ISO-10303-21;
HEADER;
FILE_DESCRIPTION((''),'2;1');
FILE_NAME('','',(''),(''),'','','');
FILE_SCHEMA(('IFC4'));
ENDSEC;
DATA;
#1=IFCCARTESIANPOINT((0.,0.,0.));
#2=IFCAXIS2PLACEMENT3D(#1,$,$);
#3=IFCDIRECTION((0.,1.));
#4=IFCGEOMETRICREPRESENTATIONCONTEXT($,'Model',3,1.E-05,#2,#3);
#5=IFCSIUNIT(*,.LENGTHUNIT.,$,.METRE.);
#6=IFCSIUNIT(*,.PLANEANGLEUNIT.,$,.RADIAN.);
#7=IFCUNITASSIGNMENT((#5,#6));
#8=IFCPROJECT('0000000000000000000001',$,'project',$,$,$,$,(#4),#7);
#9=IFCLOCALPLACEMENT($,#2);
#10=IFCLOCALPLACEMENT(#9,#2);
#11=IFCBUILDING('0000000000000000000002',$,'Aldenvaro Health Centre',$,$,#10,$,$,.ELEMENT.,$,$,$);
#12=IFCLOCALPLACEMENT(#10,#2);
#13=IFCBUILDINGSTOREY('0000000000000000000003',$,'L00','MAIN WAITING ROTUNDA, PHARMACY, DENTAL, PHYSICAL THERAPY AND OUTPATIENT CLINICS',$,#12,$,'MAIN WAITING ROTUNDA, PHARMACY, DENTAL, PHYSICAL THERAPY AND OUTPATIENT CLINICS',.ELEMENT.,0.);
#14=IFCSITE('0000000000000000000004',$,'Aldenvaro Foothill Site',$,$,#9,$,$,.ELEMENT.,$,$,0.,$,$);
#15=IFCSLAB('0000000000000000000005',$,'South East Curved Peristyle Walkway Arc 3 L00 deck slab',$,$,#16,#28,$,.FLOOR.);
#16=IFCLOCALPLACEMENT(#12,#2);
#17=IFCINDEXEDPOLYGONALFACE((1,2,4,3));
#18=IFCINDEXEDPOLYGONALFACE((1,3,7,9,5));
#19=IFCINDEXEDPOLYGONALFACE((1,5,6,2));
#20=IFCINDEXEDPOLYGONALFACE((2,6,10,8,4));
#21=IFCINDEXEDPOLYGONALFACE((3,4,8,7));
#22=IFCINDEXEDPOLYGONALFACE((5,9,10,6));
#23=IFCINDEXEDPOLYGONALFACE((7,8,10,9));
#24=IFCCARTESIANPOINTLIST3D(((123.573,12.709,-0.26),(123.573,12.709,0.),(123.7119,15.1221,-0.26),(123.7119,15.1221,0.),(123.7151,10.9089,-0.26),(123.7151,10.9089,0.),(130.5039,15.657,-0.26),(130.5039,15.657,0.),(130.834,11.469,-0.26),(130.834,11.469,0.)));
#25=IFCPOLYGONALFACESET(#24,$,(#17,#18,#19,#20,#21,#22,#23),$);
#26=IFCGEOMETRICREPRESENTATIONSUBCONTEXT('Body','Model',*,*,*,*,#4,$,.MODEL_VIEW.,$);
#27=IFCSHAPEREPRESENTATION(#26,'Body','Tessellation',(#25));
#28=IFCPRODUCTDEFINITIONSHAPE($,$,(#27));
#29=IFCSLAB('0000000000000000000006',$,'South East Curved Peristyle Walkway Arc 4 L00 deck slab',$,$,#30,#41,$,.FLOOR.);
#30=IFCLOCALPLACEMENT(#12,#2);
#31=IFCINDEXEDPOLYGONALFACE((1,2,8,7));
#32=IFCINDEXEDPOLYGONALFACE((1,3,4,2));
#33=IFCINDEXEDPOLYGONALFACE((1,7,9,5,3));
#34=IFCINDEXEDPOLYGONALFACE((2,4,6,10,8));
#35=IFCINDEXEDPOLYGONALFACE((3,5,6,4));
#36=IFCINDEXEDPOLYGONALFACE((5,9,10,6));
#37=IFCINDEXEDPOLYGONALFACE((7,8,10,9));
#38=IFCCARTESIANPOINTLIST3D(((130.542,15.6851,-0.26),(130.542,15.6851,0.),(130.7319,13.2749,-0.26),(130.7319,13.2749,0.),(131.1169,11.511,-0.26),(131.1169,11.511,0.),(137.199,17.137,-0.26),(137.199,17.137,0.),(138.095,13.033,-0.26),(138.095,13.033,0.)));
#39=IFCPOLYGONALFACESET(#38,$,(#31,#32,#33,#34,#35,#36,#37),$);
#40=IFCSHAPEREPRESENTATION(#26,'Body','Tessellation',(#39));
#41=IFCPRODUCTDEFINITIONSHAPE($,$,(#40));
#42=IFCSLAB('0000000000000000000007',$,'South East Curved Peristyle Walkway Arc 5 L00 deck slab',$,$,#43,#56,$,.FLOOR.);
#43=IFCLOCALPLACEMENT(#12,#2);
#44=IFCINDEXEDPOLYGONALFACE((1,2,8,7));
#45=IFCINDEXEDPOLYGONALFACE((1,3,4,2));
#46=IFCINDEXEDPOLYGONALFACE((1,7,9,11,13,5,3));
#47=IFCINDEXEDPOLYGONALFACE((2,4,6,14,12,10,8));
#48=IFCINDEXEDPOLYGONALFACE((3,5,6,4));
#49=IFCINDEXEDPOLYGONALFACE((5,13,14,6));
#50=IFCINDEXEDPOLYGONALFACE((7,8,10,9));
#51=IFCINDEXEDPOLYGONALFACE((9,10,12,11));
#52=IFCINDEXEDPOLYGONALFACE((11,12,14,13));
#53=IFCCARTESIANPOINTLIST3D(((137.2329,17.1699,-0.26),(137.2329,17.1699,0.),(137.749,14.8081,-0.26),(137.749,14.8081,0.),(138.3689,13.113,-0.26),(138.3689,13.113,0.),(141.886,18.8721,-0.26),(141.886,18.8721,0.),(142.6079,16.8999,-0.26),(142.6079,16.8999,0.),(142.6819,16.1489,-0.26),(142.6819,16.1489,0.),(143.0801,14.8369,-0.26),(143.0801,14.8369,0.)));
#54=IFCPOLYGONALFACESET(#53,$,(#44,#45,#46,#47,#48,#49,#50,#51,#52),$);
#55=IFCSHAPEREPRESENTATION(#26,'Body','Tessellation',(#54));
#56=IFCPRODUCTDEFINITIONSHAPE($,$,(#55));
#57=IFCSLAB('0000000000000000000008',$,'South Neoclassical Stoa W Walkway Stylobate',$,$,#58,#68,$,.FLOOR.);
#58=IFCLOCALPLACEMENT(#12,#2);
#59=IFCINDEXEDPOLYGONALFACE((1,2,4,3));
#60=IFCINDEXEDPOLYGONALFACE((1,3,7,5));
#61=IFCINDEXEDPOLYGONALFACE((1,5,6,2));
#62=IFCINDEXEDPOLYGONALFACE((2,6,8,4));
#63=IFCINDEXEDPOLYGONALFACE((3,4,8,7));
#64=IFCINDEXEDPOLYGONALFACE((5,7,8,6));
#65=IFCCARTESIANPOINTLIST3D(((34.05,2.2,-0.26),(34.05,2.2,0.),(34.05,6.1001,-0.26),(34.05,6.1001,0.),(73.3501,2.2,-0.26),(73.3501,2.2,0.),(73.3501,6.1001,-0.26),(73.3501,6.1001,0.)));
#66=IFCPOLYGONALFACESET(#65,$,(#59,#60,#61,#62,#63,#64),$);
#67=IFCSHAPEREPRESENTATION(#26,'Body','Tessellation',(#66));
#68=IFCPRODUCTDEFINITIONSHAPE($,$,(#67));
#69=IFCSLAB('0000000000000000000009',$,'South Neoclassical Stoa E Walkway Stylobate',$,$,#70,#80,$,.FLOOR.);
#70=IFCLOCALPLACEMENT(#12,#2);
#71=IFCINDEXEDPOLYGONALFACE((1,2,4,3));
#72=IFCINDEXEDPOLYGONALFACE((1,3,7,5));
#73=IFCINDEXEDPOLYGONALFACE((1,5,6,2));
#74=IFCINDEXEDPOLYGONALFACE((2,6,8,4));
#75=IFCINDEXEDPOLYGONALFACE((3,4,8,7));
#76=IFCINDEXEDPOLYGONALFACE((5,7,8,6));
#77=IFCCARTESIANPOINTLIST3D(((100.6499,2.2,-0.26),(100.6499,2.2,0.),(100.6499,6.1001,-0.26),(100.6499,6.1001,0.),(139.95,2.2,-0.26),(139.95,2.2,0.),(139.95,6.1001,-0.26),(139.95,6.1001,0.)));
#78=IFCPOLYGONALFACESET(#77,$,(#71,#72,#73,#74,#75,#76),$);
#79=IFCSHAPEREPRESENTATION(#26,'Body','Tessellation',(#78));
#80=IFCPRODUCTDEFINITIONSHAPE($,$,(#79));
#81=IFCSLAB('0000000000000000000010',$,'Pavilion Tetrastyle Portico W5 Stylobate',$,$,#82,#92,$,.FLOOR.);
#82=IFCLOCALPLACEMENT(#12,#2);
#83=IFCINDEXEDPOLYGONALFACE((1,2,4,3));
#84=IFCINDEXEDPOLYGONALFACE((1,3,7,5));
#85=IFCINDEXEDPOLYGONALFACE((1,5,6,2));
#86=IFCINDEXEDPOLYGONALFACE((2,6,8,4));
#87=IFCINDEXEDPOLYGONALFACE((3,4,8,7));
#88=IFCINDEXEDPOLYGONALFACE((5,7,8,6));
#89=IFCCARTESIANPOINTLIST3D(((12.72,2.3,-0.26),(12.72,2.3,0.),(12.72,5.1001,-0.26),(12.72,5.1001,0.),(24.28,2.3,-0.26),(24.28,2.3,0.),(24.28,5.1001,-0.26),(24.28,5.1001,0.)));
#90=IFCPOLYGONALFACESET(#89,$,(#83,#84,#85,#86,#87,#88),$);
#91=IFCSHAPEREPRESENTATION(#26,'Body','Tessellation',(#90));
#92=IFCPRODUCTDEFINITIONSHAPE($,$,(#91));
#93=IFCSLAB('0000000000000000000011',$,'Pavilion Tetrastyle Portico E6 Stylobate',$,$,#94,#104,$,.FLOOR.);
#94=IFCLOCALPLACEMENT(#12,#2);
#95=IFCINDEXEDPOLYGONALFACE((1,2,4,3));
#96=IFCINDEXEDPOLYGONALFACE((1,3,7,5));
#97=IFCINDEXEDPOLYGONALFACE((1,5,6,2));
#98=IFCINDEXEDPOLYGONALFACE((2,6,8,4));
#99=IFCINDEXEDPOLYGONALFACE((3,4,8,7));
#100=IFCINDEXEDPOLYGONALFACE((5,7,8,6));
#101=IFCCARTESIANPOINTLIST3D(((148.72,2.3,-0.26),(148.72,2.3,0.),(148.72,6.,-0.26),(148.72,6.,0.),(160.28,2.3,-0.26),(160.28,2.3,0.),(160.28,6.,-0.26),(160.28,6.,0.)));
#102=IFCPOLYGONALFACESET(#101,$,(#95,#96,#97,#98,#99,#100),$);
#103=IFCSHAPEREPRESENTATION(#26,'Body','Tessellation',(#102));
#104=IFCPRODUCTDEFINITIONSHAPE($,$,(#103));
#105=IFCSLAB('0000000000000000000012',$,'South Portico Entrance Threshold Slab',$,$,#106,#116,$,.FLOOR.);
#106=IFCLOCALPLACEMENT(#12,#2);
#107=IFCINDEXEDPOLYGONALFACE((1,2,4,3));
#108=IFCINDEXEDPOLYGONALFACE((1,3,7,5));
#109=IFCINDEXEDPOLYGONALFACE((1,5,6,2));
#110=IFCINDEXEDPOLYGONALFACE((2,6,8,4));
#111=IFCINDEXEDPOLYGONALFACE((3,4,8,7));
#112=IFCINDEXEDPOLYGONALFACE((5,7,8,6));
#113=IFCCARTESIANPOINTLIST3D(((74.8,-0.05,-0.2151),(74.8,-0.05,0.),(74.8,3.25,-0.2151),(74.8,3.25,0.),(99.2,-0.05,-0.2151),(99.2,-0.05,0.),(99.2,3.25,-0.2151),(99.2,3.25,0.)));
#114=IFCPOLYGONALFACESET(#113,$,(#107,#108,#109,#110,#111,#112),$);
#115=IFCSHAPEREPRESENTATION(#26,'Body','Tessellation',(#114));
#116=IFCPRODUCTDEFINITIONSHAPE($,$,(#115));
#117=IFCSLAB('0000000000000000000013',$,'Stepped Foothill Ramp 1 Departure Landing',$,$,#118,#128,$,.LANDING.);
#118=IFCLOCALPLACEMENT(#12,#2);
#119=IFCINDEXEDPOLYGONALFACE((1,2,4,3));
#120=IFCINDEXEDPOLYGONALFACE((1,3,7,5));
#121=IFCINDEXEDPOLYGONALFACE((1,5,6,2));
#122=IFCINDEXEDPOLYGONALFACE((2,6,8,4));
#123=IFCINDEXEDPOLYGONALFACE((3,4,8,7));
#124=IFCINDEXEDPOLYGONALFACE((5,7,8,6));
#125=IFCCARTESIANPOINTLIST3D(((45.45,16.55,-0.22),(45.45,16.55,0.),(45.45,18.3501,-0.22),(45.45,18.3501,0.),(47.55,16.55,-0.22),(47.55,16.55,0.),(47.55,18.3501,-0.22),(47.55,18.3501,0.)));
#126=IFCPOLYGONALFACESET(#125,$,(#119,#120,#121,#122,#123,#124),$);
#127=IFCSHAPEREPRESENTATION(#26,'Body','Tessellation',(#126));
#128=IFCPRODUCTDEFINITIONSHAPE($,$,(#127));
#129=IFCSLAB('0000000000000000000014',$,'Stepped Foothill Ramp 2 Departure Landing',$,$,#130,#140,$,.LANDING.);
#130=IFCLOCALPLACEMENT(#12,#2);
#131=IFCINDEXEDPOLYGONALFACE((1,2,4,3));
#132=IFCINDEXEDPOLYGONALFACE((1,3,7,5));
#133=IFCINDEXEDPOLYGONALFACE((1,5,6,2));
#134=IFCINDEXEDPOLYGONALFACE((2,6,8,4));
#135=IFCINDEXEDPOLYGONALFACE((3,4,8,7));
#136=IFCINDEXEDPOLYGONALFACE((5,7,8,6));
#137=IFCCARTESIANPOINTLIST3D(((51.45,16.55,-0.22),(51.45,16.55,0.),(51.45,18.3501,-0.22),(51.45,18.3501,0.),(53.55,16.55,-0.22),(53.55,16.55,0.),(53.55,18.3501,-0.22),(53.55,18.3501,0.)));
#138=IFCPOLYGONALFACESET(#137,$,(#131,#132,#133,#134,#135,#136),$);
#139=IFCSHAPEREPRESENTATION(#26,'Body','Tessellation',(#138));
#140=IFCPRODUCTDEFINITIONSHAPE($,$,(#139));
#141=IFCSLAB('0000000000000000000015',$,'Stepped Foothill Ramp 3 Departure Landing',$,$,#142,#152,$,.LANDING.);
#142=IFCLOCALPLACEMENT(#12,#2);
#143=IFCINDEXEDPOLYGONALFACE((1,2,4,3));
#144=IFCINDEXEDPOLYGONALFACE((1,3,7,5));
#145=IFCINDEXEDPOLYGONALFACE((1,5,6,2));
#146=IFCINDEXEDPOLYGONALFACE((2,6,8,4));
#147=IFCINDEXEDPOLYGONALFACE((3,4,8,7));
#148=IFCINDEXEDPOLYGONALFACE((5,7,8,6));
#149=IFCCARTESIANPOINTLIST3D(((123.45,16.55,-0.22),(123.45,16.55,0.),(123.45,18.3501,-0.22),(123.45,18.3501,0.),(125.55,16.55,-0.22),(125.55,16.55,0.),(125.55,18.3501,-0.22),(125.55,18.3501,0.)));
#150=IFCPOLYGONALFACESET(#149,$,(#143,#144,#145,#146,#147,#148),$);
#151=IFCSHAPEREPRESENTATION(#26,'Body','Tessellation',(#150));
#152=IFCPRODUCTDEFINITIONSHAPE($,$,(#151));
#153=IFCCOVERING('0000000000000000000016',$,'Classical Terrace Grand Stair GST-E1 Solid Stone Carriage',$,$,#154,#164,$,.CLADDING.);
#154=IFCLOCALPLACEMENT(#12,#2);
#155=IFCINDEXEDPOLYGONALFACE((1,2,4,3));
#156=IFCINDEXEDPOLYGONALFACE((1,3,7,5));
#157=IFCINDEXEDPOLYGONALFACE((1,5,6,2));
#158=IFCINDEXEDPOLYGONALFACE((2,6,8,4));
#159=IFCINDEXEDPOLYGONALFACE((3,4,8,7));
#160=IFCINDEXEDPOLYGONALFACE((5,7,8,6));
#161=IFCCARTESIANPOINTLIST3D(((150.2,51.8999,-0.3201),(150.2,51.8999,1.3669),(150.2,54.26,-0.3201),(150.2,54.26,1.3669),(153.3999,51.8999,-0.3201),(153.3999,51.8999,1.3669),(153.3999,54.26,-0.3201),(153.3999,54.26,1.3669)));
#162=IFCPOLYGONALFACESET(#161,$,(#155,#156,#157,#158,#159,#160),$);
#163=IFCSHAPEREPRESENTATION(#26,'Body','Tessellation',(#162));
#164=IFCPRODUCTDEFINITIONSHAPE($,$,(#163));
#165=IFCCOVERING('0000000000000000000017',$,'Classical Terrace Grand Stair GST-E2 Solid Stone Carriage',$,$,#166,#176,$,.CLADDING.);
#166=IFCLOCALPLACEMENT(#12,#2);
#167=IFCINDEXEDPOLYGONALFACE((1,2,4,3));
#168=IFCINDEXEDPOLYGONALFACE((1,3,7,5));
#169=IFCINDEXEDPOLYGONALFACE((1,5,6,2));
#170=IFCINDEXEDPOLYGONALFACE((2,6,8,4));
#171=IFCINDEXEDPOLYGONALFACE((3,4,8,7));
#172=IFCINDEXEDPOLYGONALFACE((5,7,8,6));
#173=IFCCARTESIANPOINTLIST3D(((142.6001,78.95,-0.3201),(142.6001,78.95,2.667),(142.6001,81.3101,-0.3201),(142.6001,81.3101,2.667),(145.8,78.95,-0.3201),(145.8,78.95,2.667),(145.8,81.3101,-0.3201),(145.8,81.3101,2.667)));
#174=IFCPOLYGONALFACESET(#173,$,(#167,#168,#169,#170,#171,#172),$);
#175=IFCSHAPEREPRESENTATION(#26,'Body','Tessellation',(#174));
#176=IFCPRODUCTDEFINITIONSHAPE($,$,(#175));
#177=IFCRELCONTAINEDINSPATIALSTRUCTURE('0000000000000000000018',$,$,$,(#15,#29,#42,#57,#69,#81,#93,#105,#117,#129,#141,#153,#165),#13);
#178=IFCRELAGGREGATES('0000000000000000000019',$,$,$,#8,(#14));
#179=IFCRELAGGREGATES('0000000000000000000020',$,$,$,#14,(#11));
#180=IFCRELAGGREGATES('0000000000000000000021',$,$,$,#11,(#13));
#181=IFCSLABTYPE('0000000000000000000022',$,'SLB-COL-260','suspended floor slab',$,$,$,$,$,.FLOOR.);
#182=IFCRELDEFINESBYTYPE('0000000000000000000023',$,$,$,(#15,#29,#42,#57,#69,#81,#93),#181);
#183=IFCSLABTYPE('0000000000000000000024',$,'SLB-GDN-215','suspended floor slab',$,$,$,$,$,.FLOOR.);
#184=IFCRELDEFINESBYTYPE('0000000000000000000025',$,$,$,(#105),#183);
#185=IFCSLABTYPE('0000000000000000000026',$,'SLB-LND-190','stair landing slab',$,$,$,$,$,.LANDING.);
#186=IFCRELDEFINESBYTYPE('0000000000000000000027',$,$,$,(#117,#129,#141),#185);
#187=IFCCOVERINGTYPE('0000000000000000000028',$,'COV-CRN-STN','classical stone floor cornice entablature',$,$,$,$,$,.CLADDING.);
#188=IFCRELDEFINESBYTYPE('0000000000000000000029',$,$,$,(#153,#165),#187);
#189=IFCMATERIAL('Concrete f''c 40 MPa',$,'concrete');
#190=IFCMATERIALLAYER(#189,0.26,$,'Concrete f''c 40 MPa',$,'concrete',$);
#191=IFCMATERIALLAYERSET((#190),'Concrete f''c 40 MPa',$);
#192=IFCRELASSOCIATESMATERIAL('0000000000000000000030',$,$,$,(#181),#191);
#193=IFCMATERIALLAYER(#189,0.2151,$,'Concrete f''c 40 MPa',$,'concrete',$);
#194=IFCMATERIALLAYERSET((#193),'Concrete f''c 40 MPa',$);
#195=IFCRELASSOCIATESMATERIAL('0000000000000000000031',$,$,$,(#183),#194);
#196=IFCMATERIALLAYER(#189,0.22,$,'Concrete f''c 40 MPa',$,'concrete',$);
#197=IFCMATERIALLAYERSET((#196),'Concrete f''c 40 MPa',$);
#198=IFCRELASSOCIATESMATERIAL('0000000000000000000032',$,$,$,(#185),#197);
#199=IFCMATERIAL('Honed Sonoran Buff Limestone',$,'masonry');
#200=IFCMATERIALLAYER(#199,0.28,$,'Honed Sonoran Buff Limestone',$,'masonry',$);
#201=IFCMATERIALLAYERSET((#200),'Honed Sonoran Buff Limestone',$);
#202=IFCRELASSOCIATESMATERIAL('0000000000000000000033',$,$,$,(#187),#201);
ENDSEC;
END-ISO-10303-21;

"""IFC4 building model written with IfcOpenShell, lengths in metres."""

from ifc_helpers import new_model, si_unit, direction, frame, origin, place, context, subcontext, project, spatial, polyline, outline, extrude, material, layer, layer_set, type_object, element, save


model = new_model("IFC4")

# Units and contexts
model_context = context("Model", 3, precision=1e-05, world=origin(), true_north=direction((0.0, 1.0)))
body_context = subcontext(model_context, "Body", "Model", "MODEL_VIEW")
ifc_project = project(units=[si_unit("LENGTHUNIT", "METRE"), si_unit("PLANEANGLEUNIT", "RADIAN")], contexts=[model_context])

# Site, building, storey
site_placement = place(None, origin())
site = spatial("IfcSite", under=ifc_project, at=site_placement, Name="Aldenvaro Foothill Site", CompositionType="ELEMENT", RefElevation=0.0)
building_placement = place(site_placement, origin())
building = spatial("IfcBuilding", under=site, at=building_placement, Name="Aldenvaro Health Centre", CompositionType="ELEMENT")
storey_placement = place(building_placement, origin())
storey = spatial("IfcBuildingStorey", under=building, at=storey_placement, Name="L00", Description="MAIN WAITING ROTUNDA, PHARMACY, DENTAL, PHYSICAL THERAPY AND OUTPATIENT CLINICS", LongName="MAIN WAITING ROTUNDA, PHARMACY, DENTAL, PHYSICAL THERAPY AND OUTPATIENT CLINICS", CompositionType="ELEMENT", Elevation=0.0)

# Slabs
ifc_material_1 = material(Name="Concrete f'c 40 MPa", Category="concrete")
ifc_layer_1 = layer(ifc_material_1, 0.26, Name="Concrete f'c 40 MPa", Category="concrete")
ifc_layer_set_1 = layer_set([ifc_layer_1], Name="Concrete f'c 40 MPa")
slab_type_1 = type_object("IfcSlabType", Name="SLB-COL-260", Description="suspended floor slab", PredefinedType="FLOOR", material=ifc_layer_set_1)
slab_1_placement = place(storey_placement, frame((0.0, 0.0, -0.26)))
element("IfcSlab", 1, at=slab_1_placement, inside=storey, type_object=slab_type_1, Name="South East Curved Peristyle Walkway Arc 3 L00 deck slab", PredefinedType="FLOOR", context=body_context, shape_type="SweptSolid", body=[
    extrude(outline(polyline([(130.5039, 15.657), (130.834, 11.469), (123.7151, 10.9089), (123.573, 12.709), (123.7119, 15.1221), (130.5039, 15.657)])), origin(), (0.0, 0.0, 1.0), 0.26),
])
slab_2_placement = place(storey_placement, frame((0.0, 0.0, -0.26)))
element("IfcSlab", 2, at=slab_2_placement, inside=storey, type_object=slab_type_1, Name="South East Curved Peristyle Walkway Arc 4 L00 deck slab", PredefinedType="FLOOR", context=body_context, shape_type="SweptSolid", body=[
    extrude(outline(polyline([(137.199, 17.137), (138.095, 13.033), (131.1169, 11.511), (130.7319, 13.2749), (130.542, 15.6851), (137.199, 17.137)])), origin(), (0.0, 0.0, 1.0), 0.26),
])
slab_3_placement = place(storey_placement, frame((0.0, 0.0, -0.26)))
element("IfcSlab", 3, at=slab_3_placement, inside=storey, type_object=slab_type_1, Name="South East Curved Peristyle Walkway Arc 5 L00 deck slab", PredefinedType="FLOOR", context=body_context, shape_type="SweptSolid", body=[
    extrude(outline(polyline([(138.3689, 13.113), (137.749, 14.8081), (137.2329, 17.1699), (141.886, 18.8721), (142.6079, 16.8999), (142.6819, 16.1489), (143.0801, 14.8369), (138.3689, 13.113)])), origin(), (0.0, 0.0, 1.0), 0.26),
])
slab_4_placement = place(storey_placement, frame((0.0, 0.0, -0.26)))
element("IfcSlab", 4, at=slab_4_placement, inside=storey, type_object=slab_type_1, Name="South Neoclassical Stoa W Walkway Stylobate", PredefinedType="FLOOR", context=body_context, shape_type="SweptSolid", body=[
    extrude(outline(polyline([(34.05, 2.2), (73.3501, 2.2), (73.3501, 6.1001), (34.05, 6.1001), (34.05, 2.2)])), origin(), (0.0, 0.0, 1.0), 0.26),
])
slab_5_placement = place(storey_placement, frame((0.0, 0.0, -0.26)))
element("IfcSlab", 5, at=slab_5_placement, inside=storey, type_object=slab_type_1, Name="South Neoclassical Stoa E Walkway Stylobate", PredefinedType="FLOOR", context=body_context, shape_type="SweptSolid", body=[
    extrude(outline(polyline([(100.6499, 2.2), (139.95, 2.2), (139.95, 6.1001), (100.6499, 6.1001), (100.6499, 2.2)])), origin(), (0.0, 0.0, 1.0), 0.26),
])
slab_6_placement = place(storey_placement, frame((0.0, 0.0, -0.26)))
element("IfcSlab", 6, at=slab_6_placement, inside=storey, type_object=slab_type_1, Name="Pavilion Tetrastyle Portico W5 Stylobate", PredefinedType="FLOOR", context=body_context, shape_type="SweptSolid", body=[
    extrude(outline(polyline([(12.72, 2.3), (24.28, 2.3), (24.28, 5.1001), (12.72, 5.1001), (12.72, 2.3)])), origin(), (0.0, 0.0, 1.0), 0.26),
])
slab_7_placement = place(storey_placement, frame((0.0, 0.0, -0.26)))
element("IfcSlab", 7, at=slab_7_placement, inside=storey, type_object=slab_type_1, Name="Pavilion Tetrastyle Portico E6 Stylobate", PredefinedType="FLOOR", context=body_context, shape_type="SweptSolid", body=[
    extrude(outline(polyline([(148.72, 2.3), (160.28, 2.3), (160.28, 6.0), (148.72, 6.0), (148.72, 2.3)])), origin(), (0.0, 0.0, 1.0), 0.26),
])
ifc_layer_2 = layer(ifc_material_1, 0.2151, Name="Concrete f'c 40 MPa", Category="concrete")
ifc_layer_set_2 = layer_set([ifc_layer_2], Name="Concrete f'c 40 MPa")
slab_type_2 = type_object("IfcSlabType", Name="SLB-GDN-215", Description="suspended floor slab", PredefinedType="FLOOR", material=ifc_layer_set_2)
slab_8_placement = place(storey_placement, frame((0.0, 0.0, -0.2151)))
element("IfcSlab", 8, at=slab_8_placement, inside=storey, type_object=slab_type_2, Name="South Portico Entrance Threshold Slab", PredefinedType="FLOOR", context=body_context, shape_type="SweptSolid", body=[
    extrude(outline(polyline([(74.8, -0.05), (99.2, -0.05), (99.2, 3.25), (74.8, 3.25), (74.8, -0.05)])), origin(), (0.0, 0.0, 1.0), 0.2151),
])
ifc_layer_3 = layer(ifc_material_1, 0.22, Name="Concrete f'c 40 MPa", Category="concrete")
ifc_layer_set_3 = layer_set([ifc_layer_3], Name="Concrete f'c 40 MPa")
slab_type_3 = type_object("IfcSlabType", Name="SLB-LND-190", Description="stair landing slab", PredefinedType="LANDING", material=ifc_layer_set_3)
slab_9_placement = place(storey_placement, frame((0.0, 0.0, -0.22)))
element("IfcSlab", 9, at=slab_9_placement, inside=storey, type_object=slab_type_3, Name="Stepped Foothill Ramp 1 Departure Landing", PredefinedType="LANDING", context=body_context, shape_type="SweptSolid", body=[
    extrude(outline(polyline([(45.45, 16.55), (47.55, 16.55), (47.55, 18.3501), (45.45, 18.3501), (45.45, 16.55)])), origin(), (0.0, 0.0, 1.0), 0.22),
])
slab_10_placement = place(storey_placement, frame((0.0, 0.0, -0.22)))
element("IfcSlab", 10, at=slab_10_placement, inside=storey, type_object=slab_type_3, Name="Stepped Foothill Ramp 2 Departure Landing", PredefinedType="LANDING", context=body_context, shape_type="SweptSolid", body=[
    extrude(outline(polyline([(51.45, 16.55), (53.55, 16.55), (53.55, 18.3501), (51.45, 18.3501), (51.45, 16.55)])), origin(), (0.0, 0.0, 1.0), 0.22),
])
slab_11_placement = place(storey_placement, frame((0.0, 0.0, -0.22)))
element("IfcSlab", 11, at=slab_11_placement, inside=storey, type_object=slab_type_3, Name="Stepped Foothill Ramp 3 Departure Landing", PredefinedType="LANDING", context=body_context, shape_type="SweptSolid", body=[
    extrude(outline(polyline([(123.45, 16.55), (125.55, 16.55), (125.55, 18.3501), (123.45, 18.3501), (123.45, 16.55)])), origin(), (0.0, 0.0, 1.0), 0.22),
])

# Coverings
ifc_material_2 = material(Name="Honed Sonoran Buff Limestone", Category="masonry")
ifc_layer_4 = layer(ifc_material_2, 0.28, Name="Honed Sonoran Buff Limestone", Category="masonry")
ifc_layer_set_4 = layer_set([ifc_layer_4], Name="Honed Sonoran Buff Limestone")
covering_type = type_object("IfcCoveringType", Name="COV-CRN-STN", Description="classical stone floor cornice entablature", PredefinedType="CLADDING", material=ifc_layer_set_4)
covering_1_placement = place(storey_placement, frame((0.0, 0.0, -0.3201)))
element("IfcCovering", 12, at=covering_1_placement, inside=storey, type_object=covering_type, Name="Classical Terrace Grand Stair GST-E1 Solid Stone Carriage", PredefinedType="CLADDING", context=body_context, shape_type="SweptSolid", body=[
    extrude(outline(polyline([(150.2, 51.8999), (153.3999, 51.8999), (153.3999, 54.26), (150.2, 54.26), (150.2, 51.8999)])), origin(), (0.0, 0.0, 1.0), 1.687),
])
covering_2_placement = place(storey_placement, frame((0.0, 0.0, -0.3201)))
element("IfcCovering", 13, at=covering_2_placement, inside=storey, type_object=covering_type, Name="Classical Terrace Grand Stair GST-E2 Solid Stone Carriage", PredefinedType="CLADDING", context=body_context, shape_type="SweptSolid", body=[
    extrude(outline(polyline([(142.6001, 78.95), (145.8, 78.95), (145.8, 81.3101), (142.6001, 81.3101), (142.6001, 78.95)])), origin(), (0.0, 0.0, 1.0), 2.9871),
])

save(model, "model.ifc")
